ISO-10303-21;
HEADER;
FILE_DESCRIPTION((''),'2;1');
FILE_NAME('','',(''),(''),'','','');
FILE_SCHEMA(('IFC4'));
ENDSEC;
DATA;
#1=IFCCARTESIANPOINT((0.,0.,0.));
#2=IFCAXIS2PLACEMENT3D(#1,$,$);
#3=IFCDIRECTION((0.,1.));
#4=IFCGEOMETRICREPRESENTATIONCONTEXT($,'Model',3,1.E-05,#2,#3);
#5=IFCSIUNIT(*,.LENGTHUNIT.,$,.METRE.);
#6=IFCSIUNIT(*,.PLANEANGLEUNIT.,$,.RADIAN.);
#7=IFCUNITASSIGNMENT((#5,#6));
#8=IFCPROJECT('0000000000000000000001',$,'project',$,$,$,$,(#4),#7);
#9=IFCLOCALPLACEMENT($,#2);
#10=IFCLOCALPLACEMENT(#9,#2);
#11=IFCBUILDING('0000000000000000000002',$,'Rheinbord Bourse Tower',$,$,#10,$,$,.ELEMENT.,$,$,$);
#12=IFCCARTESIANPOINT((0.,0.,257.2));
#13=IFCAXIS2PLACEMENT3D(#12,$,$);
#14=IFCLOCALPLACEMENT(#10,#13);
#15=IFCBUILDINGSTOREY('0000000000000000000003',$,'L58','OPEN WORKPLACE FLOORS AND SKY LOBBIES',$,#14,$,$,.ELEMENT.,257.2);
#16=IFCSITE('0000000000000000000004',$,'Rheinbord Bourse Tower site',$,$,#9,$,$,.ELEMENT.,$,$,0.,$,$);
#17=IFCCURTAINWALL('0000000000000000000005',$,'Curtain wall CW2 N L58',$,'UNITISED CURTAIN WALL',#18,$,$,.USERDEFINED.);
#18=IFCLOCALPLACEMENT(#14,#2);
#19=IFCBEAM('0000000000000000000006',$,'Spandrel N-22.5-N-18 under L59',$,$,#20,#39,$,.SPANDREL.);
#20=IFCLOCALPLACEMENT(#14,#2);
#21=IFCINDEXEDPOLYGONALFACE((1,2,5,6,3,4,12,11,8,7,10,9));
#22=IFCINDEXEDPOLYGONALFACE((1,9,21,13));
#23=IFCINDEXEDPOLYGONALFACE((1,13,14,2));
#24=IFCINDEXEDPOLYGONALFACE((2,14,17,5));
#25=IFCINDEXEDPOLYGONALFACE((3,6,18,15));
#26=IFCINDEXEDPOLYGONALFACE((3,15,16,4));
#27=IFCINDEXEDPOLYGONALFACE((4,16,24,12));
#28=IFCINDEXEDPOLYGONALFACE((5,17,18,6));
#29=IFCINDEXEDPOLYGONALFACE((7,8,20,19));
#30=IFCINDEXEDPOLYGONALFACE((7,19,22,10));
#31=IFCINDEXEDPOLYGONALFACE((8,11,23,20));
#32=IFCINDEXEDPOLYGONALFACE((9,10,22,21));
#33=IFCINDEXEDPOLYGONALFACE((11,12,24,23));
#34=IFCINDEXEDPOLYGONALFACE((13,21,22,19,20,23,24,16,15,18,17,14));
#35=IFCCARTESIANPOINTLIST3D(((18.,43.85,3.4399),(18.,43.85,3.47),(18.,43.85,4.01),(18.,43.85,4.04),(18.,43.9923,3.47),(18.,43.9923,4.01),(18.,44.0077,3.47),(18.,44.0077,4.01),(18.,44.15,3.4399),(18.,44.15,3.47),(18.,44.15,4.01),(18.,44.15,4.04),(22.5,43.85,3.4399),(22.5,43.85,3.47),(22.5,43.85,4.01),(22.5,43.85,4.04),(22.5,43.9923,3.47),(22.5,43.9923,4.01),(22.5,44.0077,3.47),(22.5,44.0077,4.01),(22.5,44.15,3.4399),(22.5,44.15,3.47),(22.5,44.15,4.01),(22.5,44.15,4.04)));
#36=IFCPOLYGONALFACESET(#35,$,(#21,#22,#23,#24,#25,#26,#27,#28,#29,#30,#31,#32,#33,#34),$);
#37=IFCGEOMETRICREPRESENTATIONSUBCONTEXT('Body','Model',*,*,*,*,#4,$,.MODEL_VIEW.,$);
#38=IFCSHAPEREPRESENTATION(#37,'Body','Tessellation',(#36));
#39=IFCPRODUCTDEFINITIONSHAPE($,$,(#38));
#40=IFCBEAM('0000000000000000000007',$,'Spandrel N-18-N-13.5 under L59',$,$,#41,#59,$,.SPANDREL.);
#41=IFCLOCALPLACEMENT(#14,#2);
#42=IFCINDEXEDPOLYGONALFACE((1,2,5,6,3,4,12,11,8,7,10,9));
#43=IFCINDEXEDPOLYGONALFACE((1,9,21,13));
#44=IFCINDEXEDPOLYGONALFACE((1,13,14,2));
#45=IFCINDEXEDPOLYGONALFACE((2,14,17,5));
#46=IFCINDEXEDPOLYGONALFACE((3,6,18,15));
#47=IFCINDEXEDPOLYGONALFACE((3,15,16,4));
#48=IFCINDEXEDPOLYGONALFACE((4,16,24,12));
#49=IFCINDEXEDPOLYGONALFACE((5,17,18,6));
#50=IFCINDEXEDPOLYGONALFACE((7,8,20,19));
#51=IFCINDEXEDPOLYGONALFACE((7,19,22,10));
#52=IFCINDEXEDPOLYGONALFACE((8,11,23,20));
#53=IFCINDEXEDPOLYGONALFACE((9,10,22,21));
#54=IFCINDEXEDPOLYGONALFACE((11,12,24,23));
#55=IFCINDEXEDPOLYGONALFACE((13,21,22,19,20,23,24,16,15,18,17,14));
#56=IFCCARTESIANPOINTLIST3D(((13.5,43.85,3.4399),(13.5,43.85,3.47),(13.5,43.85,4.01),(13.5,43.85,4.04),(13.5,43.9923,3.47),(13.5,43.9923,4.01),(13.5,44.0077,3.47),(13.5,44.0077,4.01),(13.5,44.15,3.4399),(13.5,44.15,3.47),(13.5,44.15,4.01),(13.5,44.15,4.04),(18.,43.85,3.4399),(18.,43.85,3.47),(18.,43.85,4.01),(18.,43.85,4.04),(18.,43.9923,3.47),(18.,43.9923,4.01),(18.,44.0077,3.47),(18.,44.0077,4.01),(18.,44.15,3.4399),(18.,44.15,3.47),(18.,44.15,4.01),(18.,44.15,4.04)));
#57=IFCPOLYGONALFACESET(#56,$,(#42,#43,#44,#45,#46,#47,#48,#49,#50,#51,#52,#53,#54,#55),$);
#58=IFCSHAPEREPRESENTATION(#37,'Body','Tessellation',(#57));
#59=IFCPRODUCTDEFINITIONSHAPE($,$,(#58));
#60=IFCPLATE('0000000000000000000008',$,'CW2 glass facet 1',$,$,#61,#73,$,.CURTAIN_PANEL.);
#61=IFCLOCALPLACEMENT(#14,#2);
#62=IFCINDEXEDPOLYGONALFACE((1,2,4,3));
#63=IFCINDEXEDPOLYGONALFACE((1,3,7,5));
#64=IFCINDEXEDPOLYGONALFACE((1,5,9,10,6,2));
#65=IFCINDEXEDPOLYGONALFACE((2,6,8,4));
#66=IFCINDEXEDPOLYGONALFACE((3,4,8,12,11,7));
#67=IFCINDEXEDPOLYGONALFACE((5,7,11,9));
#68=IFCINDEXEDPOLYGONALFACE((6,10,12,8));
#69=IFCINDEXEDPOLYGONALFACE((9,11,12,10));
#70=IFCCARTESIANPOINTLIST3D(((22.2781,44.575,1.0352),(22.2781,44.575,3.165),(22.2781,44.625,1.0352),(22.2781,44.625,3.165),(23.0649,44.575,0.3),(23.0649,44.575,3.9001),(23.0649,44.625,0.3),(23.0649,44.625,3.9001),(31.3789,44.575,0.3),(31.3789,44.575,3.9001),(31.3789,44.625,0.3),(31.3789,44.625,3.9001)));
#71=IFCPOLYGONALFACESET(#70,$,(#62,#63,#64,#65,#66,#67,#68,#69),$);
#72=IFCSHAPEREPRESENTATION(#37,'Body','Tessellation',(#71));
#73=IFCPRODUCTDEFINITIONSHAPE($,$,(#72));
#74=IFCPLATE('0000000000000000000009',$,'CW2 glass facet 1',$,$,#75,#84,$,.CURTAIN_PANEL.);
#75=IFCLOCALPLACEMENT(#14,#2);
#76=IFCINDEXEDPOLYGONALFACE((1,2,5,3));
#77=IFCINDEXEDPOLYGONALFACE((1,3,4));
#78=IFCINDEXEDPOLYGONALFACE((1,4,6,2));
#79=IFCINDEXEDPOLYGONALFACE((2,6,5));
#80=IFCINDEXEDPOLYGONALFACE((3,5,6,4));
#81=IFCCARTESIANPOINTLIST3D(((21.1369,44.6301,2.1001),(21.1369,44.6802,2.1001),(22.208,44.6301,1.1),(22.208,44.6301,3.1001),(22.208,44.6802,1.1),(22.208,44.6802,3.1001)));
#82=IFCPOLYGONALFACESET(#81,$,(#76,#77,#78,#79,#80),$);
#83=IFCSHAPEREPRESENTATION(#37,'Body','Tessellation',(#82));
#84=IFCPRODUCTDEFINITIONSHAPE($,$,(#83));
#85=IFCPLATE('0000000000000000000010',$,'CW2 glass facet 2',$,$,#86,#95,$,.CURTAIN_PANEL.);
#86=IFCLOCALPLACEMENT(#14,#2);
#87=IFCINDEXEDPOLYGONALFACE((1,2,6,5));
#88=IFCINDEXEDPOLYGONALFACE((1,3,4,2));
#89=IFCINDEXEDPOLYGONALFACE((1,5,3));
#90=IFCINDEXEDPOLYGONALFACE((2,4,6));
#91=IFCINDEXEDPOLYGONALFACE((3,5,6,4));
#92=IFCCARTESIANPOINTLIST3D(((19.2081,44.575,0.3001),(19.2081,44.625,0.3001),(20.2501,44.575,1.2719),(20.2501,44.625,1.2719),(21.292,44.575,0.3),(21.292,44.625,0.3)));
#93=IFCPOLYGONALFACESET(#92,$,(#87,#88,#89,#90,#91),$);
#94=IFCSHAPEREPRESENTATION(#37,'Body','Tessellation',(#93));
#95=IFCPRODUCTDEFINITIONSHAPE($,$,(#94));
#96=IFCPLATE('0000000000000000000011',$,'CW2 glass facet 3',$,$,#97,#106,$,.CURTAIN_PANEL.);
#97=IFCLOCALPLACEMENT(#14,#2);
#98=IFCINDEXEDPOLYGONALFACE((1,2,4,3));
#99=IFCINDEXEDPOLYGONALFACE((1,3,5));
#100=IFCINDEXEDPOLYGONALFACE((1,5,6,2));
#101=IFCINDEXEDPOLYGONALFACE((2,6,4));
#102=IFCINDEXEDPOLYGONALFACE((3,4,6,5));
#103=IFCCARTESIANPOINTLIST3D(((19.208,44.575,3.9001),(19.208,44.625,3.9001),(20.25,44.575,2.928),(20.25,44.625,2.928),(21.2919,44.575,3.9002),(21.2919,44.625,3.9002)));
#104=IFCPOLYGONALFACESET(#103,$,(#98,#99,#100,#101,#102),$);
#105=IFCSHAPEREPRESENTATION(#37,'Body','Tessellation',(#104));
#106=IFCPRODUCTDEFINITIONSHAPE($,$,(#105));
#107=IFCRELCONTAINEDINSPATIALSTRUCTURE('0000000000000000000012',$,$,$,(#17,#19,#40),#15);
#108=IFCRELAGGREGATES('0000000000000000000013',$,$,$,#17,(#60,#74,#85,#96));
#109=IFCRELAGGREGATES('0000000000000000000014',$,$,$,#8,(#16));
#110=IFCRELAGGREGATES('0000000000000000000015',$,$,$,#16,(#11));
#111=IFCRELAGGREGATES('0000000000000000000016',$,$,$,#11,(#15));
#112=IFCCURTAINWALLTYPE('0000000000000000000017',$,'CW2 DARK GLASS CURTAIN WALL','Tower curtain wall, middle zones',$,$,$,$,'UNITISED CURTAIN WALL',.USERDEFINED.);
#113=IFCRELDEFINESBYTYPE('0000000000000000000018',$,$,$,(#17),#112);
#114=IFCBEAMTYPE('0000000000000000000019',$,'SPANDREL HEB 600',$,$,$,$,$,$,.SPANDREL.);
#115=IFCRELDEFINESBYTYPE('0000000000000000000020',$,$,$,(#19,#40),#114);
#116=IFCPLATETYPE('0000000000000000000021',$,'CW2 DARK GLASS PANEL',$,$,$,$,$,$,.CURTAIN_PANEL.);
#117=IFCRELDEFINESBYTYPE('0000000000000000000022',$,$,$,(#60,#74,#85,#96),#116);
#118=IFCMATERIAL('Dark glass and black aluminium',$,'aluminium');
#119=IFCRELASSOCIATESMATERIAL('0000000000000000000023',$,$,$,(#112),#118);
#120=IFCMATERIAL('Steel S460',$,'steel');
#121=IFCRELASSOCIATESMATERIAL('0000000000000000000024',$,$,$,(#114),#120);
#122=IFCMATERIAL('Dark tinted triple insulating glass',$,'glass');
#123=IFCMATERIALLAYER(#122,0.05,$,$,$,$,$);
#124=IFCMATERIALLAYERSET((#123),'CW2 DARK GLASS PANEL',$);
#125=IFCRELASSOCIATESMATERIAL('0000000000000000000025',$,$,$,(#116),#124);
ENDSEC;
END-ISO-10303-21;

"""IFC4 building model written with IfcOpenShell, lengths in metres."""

from ifc_helpers import new_model, si_unit, direction, frame, origin, origin_2d, place, context, subcontext, project, spatial, polyline, i_section, outline, extrude, material, layer, layer_set, material_profile, profile_set, type_object, element, aggregate, save


model = new_model("IFC4")

# Units and contexts
model_context = context("Model", 3, precision=1e-05, world=origin(), true_north=direction((0.0, 1.0)))
body_context = subcontext(model_context, "Body", "Model", "MODEL_VIEW")
ifc_project = project(units=[si_unit("LENGTHUNIT", "METRE"), si_unit("PLANEANGLEUNIT", "RADIAN")], contexts=[model_context])

# Site, building, storey
site_placement = place(None, origin())
site = spatial("IfcSite", under=ifc_project, at=site_placement, Name="Rheinbord Bourse Tower site", CompositionType="ELEMENT", RefElevation=0.0)
building_placement = place(site_placement, origin())
building = spatial("IfcBuilding", under=site, at=building_placement, Name="Rheinbord Bourse Tower", CompositionType="ELEMENT")
storey_placement = place(building_placement, frame((0.0, 0.0, 257.2)))
storey = spatial("IfcBuildingStorey", under=building, at=storey_placement, Name="L58", Description="OPEN WORKPLACE FLOORS AND SKY LOBBIES", CompositionType="ELEMENT", Elevation=257.2)

# Curtain wall
ifc_material_1 = material(Name="Dark glass and black aluminium", Category="aluminium")
curtain_wall_type = type_object("IfcCurtainWallType", Name="CW2 DARK GLASS CURTAIN WALL", Description="Tower curtain wall, middle zones", ElementType="UNITISED CURTAIN WALL", PredefinedType="USERDEFINED", material=ifc_material_1)
curtain_wall_placement = place(storey_placement, origin())
curtain_wall = element("IfcCurtainWall", 1, at=curtain_wall_placement, inside=storey, type_object=curtain_wall_type, Name="Curtain wall CW2 N L58", ObjectType="UNITISED CURTAIN WALL", PredefinedType="USERDEFINED")

# Beams
ifc_material_2 = material(Name="Steel S460", Category="steel")
ifc_material_profile_1 = material_profile(ifc_material_2, i_section(OverallWidth=0.3, OverallDepth=0.6001, WebThickness=0.0154, FlangeThickness=0.03, at=origin_2d()), Name="HEB 600")
ifc_profile_set_1 = profile_set([ifc_material_profile_1], Name="Steel S460")
beam_type_1 = type_object("IfcBeamType", Name="SPANDREL HEB 600", PredefinedType="SPANDREL", material=ifc_profile_set_1)
for number, where, z_axis, x_axis, name in (
    (2, (22.5, 44.0, 3.74), (-1.0, 0.0, 0.0), (0.0, -1.0, 0.0), "Spandrel N-22.5-N-18 under L59"),
    (3, (18.0, 44.0, 3.74), (-1.0, 0.0, 0.0), (0.0, -1.0, 0.0), "Spandrel N-18-N-13.5 under L59"),
):
    element("IfcBeam", number, at=place(storey_placement, frame(where, z_axis=z_axis, x_axis=x_axis)), inside=storey, type_object=beam_type_1, Name=name, PredefinedType="SPANDREL", context=body_context, shape_type="SweptSolid", body=[
        extrude(i_section(OverallWidth=0.3, OverallDepth=0.6001, WebThickness=0.0154, FlangeThickness=0.03, at=origin_2d()), origin(), (0.0, 0.0, 1.0), 4.5),
    ])

# Plates
ifc_material_3 = material(Name="Dark tinted triple insulating glass", Category="glass")
ifc_layer = layer(ifc_material_3, 0.05)
ifc_layer_set = layer_set([ifc_layer], Name="CW2 DARK GLASS PANEL")
plate_type = type_object("IfcPlateType", Name="CW2 DARK GLASS PANEL", PredefinedType="CURTAIN_PANEL", material=ifc_layer_set)
plate_1_placement = place(storey_placement, frame((31.3789, 44.625, 0.3), z_axis=(0.0, -1.0, 0.0), x_axis=(0.0, 0.0, 1.0)))
plate_1 = element("IfcPlate", 4, at=plate_1_placement, type_object=plate_type, Name="CW2 glass facet 1", PredefinedType="CURTAIN_PANEL", context=body_context, shape_type="SweptSolid", body=[
    extrude(outline(polyline([(0.0, 0.0), (3.6001, 0.0), (3.6001, 8.314), (2.865, 9.1008), (0.7351, 9.1008), (0.0, 8.314), (0.0, 0.0)])), origin(), (0.0, 0.0, 1.0), 0.05),
])
plate_2_placement = place(storey_placement, frame((22.208, 44.6802, 3.1001), z_axis=(0.0, -1.0, 0.0), x_axis=(-0.730933, 0.0, -0.682449)))
plate_2 = element("IfcPlate", 5, at=plate_2_placement, type_object=plate_type, Name="CW2 glass facet 1", PredefinedType="CURTAIN_PANEL", context=body_context, shape_type="SweptSolid", body=[
    extrude(outline(polyline([(0.0, 0.0), (1.4653, 0.0), (1.365, 1.4619), (0.0, 0.0)])), origin(), (0.0, 0.0, 1.0), 0.05),
])
plate_3_placement = place(storey_placement, frame((21.292, 44.625, 0.3), z_axis=(0.0, -1.0, 0.0), x_axis=(-0.731266, 0.0, 0.682092)))
plate_3 = element("IfcPlate", 6, at=plate_3_placement, type_object=plate_type, Name="CW2 glass facet 2", PredefinedType="CURTAIN_PANEL", context=body_context, shape_type="SweptSolid", body=[
    extrude(outline(polyline([(0.0, 0.0), (1.4248, 0.0), (1.5239, 1.4214), (0.0, 0.0)])), origin(), (0.0, 0.0, 1.0), 0.05),
])
plate_4_placement = place(storey_placement, frame((19.208, 44.625, 3.9001), z_axis=(0.0, -1.0, 0.0), x_axis=(0.731181, 0.0, -0.682184)))
plate_4 = element("IfcPlate", 7, at=plate_4_placement, type_object=plate_type, Name="CW2 glass facet 3", PredefinedType="CURTAIN_PANEL", context=body_context, shape_type="SweptSolid", body=[
    extrude(outline(polyline([(0.0, 0.0), (1.425, 0.0), (1.5237, 1.4216), (0.0, 0.0)])), origin(), (0.0, 0.0, 1.0), 0.05),
])
aggregate(curtain_wall, [plate_1, plate_2, plate_3, plate_4])

save(model, "model.ifc")
